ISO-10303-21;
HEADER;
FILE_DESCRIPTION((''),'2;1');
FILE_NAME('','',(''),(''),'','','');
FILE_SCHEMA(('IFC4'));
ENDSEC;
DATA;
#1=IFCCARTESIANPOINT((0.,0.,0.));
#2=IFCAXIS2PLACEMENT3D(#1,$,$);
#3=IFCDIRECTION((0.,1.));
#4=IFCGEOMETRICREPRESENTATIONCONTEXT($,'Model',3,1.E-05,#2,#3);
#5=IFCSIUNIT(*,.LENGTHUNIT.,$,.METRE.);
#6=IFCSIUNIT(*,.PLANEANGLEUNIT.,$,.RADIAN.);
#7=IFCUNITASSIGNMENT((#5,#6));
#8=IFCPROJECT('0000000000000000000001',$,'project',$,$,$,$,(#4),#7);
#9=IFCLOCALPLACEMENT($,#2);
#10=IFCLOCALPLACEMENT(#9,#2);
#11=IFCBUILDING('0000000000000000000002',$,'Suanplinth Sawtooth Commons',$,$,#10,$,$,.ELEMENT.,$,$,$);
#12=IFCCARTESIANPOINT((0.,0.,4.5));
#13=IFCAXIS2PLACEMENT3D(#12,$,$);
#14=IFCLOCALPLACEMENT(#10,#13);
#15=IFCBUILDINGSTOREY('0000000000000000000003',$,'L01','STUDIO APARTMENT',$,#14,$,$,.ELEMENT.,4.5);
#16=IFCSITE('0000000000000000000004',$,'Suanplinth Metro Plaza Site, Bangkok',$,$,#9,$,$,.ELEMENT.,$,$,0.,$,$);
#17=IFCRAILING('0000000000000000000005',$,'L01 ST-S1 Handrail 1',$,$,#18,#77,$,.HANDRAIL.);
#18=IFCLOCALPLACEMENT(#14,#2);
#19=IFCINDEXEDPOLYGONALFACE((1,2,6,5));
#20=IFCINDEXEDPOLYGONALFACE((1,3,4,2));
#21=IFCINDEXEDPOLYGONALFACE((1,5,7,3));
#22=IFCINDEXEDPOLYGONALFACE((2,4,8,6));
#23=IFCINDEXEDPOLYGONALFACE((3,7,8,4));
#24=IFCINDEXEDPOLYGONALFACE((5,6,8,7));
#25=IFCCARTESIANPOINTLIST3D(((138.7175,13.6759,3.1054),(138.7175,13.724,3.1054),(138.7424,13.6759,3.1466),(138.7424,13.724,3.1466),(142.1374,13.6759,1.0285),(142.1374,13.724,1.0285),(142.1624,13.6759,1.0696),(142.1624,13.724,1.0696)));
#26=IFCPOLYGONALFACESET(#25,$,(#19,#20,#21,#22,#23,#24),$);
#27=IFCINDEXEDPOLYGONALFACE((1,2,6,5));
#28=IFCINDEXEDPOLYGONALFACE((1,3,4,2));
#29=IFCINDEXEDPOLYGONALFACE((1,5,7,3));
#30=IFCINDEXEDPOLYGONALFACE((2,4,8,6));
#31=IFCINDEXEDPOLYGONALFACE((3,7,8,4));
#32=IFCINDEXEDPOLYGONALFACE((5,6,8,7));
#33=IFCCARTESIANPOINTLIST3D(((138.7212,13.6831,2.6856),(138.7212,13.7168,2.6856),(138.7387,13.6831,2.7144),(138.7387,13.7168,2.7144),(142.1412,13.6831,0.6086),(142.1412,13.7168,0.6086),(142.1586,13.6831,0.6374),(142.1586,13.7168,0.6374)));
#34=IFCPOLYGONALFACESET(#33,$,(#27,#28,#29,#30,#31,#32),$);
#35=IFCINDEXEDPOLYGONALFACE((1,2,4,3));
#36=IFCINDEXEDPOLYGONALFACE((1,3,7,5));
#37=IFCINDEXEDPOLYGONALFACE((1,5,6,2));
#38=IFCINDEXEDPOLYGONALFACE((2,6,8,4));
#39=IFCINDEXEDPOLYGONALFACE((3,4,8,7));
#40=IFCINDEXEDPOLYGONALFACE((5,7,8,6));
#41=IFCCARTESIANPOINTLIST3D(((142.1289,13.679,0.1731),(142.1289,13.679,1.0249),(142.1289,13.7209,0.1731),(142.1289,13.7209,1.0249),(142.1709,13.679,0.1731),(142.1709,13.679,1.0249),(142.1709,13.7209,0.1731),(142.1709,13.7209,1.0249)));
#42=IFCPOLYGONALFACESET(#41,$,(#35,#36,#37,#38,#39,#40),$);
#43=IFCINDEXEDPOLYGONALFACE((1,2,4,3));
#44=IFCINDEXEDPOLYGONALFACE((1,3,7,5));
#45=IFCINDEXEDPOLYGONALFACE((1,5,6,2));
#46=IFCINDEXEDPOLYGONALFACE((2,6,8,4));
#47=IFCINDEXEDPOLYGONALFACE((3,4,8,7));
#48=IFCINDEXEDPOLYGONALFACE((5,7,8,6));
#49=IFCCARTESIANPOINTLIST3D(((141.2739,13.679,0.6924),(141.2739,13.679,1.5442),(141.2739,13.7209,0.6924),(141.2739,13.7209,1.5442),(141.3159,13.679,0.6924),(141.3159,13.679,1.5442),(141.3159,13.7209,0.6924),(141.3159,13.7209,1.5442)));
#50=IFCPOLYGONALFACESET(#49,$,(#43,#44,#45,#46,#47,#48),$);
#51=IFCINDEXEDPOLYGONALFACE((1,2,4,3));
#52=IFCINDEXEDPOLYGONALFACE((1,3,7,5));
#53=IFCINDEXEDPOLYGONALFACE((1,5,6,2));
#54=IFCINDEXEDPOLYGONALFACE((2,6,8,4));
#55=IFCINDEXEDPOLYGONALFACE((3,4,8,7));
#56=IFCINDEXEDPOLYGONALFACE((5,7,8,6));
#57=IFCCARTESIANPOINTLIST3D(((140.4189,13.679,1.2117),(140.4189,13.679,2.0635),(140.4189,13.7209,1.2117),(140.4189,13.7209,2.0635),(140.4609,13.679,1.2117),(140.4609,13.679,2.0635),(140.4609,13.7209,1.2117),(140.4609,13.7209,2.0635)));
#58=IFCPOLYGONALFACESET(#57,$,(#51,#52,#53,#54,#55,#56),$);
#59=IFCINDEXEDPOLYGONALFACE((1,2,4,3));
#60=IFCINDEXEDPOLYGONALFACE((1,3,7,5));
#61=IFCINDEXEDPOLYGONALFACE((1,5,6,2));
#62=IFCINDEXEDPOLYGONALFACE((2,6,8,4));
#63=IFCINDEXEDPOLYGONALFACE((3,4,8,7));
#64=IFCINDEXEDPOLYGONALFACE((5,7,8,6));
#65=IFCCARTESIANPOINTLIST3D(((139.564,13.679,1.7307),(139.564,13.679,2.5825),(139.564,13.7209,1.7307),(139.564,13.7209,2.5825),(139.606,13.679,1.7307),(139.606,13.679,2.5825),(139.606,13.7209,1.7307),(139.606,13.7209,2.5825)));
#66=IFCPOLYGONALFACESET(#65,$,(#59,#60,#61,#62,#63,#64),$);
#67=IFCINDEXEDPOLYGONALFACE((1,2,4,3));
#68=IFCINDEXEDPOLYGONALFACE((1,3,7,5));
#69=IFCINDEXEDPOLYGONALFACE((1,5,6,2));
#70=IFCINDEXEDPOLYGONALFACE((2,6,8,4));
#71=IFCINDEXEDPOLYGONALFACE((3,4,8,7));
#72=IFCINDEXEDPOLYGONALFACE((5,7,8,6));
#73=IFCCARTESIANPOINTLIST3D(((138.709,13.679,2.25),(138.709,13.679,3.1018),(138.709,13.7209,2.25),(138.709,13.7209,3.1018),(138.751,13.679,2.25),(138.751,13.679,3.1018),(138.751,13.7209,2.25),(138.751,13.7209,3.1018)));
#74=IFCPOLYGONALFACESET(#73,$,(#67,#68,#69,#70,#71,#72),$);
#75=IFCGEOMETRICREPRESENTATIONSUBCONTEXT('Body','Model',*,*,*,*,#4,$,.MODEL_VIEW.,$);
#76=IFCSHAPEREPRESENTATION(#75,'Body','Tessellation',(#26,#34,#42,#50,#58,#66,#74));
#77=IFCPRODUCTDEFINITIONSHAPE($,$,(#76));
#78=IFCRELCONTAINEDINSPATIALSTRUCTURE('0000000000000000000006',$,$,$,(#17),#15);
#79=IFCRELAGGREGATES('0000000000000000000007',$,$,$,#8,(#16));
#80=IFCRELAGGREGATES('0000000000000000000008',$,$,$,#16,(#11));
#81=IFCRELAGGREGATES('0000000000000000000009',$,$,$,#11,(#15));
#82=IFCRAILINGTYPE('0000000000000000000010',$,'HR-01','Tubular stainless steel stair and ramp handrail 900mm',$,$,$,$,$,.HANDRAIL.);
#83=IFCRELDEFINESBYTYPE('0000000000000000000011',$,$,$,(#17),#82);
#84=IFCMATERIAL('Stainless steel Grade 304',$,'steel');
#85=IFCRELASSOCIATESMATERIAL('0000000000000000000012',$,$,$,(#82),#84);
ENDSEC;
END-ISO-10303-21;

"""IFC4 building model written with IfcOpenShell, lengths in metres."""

from ifc_helpers import new_model, si_unit, direction, frame, origin, origin_2d, place, context, subcontext, project, spatial, rectangle, extrude, material, type_object, element, save


model = new_model("IFC4")

# Units and contexts
model_context = context("Model", 3, precision=1e-05, world=origin(), true_north=direction((0.0, 1.0)))
body_context = subcontext(model_context, "Body", "Model", "MODEL_VIEW")
ifc_project = project(units=[si_unit("LENGTHUNIT", "METRE"), si_unit("PLANEANGLEUNIT", "RADIAN")], contexts=[model_context])

# Site, building, storey
site_placement = place(None, origin())
site = spatial("IfcSite", under=ifc_project, at=site_placement, Name="Suanplinth Metro Plaza Site, Bangkok", CompositionType="ELEMENT", RefElevation=0.0)
building_placement = place(site_placement, origin())
building = spatial("IfcBuilding", under=site, at=building_placement, Name="Suanplinth Sawtooth Commons", CompositionType="ELEMENT")
storey_placement = place(building_placement, frame((0.0, 0.0, 4.5)))
storey = spatial("IfcBuildingStorey", under=building, at=storey_placement, Name="L01", Description="STUDIO APARTMENT", CompositionType="ELEMENT", Elevation=4.5)

# Railing
ifc_material_1 = material(Name="Stainless steel Grade 304", Category="steel")
railing_type_1 = type_object("IfcRailingType", Name="HR-01", Description="Tubular stainless steel stair and ramp handrail 900mm", PredefinedType="HANDRAIL", material=ifc_material_1)
railing_1_placement = place(storey_placement, frame((142.1499, 13.7, 0.1731)))
element("IfcRailing", 1, at=railing_1_placement, inside=storey, type_object=railing_type_1, Name="L01 ST-S1 Handrail 1", PredefinedType="HANDRAIL", context=body_context, shape_type="SweptSolid", body=[
    extrude(rectangle(XDim=0.0481, YDim=0.0481, at=origin_2d()), frame((0.0, 0.0, 0.876), z_axis=(-0.85473, 0.0, 0.519074), x_axis=(0.0, -1.0, 0.0)), (0.0, 0.0, 1.0), 4.0012),
    extrude(rectangle(XDim=0.0337, YDim=0.0337, at=origin_2d()), frame((0.0, 0.0, 0.45), z_axis=(-0.85473, 0.0, 0.519074), x_axis=(0.0, -1.0, 0.0)), (0.0, 0.0, 1.0), 4.0012),
    extrude(rectangle(XDim=0.042, YDim=0.042, at=origin_2d()), origin(), (0.0, 0.0, 1.0), 0.8518),
    extrude(rectangle(XDim=0.042, YDim=0.042, at=origin_2d()), frame((-0.855, 0.0, 0.5193)), (0.0, 0.0, 1.0), 0.8518),
    extrude(rectangle(XDim=0.042, YDim=0.042, at=origin_2d()), frame((-1.71, 0.0, 1.0386)), (0.0, 0.0, 1.0), 0.8518),
    extrude(rectangle(XDim=0.042, YDim=0.042, at=origin_2d()), frame((-2.5649, 0.0, 1.5576)), (0.0, 0.0, 1.0), 0.8518),
    extrude(rectangle(XDim=0.042, YDim=0.042, at=origin_2d()), frame((-3.4199, 0.0, 2.0769)), (0.0, 0.0, 1.0), 0.8518),
])

save(model, "model.ifc")
